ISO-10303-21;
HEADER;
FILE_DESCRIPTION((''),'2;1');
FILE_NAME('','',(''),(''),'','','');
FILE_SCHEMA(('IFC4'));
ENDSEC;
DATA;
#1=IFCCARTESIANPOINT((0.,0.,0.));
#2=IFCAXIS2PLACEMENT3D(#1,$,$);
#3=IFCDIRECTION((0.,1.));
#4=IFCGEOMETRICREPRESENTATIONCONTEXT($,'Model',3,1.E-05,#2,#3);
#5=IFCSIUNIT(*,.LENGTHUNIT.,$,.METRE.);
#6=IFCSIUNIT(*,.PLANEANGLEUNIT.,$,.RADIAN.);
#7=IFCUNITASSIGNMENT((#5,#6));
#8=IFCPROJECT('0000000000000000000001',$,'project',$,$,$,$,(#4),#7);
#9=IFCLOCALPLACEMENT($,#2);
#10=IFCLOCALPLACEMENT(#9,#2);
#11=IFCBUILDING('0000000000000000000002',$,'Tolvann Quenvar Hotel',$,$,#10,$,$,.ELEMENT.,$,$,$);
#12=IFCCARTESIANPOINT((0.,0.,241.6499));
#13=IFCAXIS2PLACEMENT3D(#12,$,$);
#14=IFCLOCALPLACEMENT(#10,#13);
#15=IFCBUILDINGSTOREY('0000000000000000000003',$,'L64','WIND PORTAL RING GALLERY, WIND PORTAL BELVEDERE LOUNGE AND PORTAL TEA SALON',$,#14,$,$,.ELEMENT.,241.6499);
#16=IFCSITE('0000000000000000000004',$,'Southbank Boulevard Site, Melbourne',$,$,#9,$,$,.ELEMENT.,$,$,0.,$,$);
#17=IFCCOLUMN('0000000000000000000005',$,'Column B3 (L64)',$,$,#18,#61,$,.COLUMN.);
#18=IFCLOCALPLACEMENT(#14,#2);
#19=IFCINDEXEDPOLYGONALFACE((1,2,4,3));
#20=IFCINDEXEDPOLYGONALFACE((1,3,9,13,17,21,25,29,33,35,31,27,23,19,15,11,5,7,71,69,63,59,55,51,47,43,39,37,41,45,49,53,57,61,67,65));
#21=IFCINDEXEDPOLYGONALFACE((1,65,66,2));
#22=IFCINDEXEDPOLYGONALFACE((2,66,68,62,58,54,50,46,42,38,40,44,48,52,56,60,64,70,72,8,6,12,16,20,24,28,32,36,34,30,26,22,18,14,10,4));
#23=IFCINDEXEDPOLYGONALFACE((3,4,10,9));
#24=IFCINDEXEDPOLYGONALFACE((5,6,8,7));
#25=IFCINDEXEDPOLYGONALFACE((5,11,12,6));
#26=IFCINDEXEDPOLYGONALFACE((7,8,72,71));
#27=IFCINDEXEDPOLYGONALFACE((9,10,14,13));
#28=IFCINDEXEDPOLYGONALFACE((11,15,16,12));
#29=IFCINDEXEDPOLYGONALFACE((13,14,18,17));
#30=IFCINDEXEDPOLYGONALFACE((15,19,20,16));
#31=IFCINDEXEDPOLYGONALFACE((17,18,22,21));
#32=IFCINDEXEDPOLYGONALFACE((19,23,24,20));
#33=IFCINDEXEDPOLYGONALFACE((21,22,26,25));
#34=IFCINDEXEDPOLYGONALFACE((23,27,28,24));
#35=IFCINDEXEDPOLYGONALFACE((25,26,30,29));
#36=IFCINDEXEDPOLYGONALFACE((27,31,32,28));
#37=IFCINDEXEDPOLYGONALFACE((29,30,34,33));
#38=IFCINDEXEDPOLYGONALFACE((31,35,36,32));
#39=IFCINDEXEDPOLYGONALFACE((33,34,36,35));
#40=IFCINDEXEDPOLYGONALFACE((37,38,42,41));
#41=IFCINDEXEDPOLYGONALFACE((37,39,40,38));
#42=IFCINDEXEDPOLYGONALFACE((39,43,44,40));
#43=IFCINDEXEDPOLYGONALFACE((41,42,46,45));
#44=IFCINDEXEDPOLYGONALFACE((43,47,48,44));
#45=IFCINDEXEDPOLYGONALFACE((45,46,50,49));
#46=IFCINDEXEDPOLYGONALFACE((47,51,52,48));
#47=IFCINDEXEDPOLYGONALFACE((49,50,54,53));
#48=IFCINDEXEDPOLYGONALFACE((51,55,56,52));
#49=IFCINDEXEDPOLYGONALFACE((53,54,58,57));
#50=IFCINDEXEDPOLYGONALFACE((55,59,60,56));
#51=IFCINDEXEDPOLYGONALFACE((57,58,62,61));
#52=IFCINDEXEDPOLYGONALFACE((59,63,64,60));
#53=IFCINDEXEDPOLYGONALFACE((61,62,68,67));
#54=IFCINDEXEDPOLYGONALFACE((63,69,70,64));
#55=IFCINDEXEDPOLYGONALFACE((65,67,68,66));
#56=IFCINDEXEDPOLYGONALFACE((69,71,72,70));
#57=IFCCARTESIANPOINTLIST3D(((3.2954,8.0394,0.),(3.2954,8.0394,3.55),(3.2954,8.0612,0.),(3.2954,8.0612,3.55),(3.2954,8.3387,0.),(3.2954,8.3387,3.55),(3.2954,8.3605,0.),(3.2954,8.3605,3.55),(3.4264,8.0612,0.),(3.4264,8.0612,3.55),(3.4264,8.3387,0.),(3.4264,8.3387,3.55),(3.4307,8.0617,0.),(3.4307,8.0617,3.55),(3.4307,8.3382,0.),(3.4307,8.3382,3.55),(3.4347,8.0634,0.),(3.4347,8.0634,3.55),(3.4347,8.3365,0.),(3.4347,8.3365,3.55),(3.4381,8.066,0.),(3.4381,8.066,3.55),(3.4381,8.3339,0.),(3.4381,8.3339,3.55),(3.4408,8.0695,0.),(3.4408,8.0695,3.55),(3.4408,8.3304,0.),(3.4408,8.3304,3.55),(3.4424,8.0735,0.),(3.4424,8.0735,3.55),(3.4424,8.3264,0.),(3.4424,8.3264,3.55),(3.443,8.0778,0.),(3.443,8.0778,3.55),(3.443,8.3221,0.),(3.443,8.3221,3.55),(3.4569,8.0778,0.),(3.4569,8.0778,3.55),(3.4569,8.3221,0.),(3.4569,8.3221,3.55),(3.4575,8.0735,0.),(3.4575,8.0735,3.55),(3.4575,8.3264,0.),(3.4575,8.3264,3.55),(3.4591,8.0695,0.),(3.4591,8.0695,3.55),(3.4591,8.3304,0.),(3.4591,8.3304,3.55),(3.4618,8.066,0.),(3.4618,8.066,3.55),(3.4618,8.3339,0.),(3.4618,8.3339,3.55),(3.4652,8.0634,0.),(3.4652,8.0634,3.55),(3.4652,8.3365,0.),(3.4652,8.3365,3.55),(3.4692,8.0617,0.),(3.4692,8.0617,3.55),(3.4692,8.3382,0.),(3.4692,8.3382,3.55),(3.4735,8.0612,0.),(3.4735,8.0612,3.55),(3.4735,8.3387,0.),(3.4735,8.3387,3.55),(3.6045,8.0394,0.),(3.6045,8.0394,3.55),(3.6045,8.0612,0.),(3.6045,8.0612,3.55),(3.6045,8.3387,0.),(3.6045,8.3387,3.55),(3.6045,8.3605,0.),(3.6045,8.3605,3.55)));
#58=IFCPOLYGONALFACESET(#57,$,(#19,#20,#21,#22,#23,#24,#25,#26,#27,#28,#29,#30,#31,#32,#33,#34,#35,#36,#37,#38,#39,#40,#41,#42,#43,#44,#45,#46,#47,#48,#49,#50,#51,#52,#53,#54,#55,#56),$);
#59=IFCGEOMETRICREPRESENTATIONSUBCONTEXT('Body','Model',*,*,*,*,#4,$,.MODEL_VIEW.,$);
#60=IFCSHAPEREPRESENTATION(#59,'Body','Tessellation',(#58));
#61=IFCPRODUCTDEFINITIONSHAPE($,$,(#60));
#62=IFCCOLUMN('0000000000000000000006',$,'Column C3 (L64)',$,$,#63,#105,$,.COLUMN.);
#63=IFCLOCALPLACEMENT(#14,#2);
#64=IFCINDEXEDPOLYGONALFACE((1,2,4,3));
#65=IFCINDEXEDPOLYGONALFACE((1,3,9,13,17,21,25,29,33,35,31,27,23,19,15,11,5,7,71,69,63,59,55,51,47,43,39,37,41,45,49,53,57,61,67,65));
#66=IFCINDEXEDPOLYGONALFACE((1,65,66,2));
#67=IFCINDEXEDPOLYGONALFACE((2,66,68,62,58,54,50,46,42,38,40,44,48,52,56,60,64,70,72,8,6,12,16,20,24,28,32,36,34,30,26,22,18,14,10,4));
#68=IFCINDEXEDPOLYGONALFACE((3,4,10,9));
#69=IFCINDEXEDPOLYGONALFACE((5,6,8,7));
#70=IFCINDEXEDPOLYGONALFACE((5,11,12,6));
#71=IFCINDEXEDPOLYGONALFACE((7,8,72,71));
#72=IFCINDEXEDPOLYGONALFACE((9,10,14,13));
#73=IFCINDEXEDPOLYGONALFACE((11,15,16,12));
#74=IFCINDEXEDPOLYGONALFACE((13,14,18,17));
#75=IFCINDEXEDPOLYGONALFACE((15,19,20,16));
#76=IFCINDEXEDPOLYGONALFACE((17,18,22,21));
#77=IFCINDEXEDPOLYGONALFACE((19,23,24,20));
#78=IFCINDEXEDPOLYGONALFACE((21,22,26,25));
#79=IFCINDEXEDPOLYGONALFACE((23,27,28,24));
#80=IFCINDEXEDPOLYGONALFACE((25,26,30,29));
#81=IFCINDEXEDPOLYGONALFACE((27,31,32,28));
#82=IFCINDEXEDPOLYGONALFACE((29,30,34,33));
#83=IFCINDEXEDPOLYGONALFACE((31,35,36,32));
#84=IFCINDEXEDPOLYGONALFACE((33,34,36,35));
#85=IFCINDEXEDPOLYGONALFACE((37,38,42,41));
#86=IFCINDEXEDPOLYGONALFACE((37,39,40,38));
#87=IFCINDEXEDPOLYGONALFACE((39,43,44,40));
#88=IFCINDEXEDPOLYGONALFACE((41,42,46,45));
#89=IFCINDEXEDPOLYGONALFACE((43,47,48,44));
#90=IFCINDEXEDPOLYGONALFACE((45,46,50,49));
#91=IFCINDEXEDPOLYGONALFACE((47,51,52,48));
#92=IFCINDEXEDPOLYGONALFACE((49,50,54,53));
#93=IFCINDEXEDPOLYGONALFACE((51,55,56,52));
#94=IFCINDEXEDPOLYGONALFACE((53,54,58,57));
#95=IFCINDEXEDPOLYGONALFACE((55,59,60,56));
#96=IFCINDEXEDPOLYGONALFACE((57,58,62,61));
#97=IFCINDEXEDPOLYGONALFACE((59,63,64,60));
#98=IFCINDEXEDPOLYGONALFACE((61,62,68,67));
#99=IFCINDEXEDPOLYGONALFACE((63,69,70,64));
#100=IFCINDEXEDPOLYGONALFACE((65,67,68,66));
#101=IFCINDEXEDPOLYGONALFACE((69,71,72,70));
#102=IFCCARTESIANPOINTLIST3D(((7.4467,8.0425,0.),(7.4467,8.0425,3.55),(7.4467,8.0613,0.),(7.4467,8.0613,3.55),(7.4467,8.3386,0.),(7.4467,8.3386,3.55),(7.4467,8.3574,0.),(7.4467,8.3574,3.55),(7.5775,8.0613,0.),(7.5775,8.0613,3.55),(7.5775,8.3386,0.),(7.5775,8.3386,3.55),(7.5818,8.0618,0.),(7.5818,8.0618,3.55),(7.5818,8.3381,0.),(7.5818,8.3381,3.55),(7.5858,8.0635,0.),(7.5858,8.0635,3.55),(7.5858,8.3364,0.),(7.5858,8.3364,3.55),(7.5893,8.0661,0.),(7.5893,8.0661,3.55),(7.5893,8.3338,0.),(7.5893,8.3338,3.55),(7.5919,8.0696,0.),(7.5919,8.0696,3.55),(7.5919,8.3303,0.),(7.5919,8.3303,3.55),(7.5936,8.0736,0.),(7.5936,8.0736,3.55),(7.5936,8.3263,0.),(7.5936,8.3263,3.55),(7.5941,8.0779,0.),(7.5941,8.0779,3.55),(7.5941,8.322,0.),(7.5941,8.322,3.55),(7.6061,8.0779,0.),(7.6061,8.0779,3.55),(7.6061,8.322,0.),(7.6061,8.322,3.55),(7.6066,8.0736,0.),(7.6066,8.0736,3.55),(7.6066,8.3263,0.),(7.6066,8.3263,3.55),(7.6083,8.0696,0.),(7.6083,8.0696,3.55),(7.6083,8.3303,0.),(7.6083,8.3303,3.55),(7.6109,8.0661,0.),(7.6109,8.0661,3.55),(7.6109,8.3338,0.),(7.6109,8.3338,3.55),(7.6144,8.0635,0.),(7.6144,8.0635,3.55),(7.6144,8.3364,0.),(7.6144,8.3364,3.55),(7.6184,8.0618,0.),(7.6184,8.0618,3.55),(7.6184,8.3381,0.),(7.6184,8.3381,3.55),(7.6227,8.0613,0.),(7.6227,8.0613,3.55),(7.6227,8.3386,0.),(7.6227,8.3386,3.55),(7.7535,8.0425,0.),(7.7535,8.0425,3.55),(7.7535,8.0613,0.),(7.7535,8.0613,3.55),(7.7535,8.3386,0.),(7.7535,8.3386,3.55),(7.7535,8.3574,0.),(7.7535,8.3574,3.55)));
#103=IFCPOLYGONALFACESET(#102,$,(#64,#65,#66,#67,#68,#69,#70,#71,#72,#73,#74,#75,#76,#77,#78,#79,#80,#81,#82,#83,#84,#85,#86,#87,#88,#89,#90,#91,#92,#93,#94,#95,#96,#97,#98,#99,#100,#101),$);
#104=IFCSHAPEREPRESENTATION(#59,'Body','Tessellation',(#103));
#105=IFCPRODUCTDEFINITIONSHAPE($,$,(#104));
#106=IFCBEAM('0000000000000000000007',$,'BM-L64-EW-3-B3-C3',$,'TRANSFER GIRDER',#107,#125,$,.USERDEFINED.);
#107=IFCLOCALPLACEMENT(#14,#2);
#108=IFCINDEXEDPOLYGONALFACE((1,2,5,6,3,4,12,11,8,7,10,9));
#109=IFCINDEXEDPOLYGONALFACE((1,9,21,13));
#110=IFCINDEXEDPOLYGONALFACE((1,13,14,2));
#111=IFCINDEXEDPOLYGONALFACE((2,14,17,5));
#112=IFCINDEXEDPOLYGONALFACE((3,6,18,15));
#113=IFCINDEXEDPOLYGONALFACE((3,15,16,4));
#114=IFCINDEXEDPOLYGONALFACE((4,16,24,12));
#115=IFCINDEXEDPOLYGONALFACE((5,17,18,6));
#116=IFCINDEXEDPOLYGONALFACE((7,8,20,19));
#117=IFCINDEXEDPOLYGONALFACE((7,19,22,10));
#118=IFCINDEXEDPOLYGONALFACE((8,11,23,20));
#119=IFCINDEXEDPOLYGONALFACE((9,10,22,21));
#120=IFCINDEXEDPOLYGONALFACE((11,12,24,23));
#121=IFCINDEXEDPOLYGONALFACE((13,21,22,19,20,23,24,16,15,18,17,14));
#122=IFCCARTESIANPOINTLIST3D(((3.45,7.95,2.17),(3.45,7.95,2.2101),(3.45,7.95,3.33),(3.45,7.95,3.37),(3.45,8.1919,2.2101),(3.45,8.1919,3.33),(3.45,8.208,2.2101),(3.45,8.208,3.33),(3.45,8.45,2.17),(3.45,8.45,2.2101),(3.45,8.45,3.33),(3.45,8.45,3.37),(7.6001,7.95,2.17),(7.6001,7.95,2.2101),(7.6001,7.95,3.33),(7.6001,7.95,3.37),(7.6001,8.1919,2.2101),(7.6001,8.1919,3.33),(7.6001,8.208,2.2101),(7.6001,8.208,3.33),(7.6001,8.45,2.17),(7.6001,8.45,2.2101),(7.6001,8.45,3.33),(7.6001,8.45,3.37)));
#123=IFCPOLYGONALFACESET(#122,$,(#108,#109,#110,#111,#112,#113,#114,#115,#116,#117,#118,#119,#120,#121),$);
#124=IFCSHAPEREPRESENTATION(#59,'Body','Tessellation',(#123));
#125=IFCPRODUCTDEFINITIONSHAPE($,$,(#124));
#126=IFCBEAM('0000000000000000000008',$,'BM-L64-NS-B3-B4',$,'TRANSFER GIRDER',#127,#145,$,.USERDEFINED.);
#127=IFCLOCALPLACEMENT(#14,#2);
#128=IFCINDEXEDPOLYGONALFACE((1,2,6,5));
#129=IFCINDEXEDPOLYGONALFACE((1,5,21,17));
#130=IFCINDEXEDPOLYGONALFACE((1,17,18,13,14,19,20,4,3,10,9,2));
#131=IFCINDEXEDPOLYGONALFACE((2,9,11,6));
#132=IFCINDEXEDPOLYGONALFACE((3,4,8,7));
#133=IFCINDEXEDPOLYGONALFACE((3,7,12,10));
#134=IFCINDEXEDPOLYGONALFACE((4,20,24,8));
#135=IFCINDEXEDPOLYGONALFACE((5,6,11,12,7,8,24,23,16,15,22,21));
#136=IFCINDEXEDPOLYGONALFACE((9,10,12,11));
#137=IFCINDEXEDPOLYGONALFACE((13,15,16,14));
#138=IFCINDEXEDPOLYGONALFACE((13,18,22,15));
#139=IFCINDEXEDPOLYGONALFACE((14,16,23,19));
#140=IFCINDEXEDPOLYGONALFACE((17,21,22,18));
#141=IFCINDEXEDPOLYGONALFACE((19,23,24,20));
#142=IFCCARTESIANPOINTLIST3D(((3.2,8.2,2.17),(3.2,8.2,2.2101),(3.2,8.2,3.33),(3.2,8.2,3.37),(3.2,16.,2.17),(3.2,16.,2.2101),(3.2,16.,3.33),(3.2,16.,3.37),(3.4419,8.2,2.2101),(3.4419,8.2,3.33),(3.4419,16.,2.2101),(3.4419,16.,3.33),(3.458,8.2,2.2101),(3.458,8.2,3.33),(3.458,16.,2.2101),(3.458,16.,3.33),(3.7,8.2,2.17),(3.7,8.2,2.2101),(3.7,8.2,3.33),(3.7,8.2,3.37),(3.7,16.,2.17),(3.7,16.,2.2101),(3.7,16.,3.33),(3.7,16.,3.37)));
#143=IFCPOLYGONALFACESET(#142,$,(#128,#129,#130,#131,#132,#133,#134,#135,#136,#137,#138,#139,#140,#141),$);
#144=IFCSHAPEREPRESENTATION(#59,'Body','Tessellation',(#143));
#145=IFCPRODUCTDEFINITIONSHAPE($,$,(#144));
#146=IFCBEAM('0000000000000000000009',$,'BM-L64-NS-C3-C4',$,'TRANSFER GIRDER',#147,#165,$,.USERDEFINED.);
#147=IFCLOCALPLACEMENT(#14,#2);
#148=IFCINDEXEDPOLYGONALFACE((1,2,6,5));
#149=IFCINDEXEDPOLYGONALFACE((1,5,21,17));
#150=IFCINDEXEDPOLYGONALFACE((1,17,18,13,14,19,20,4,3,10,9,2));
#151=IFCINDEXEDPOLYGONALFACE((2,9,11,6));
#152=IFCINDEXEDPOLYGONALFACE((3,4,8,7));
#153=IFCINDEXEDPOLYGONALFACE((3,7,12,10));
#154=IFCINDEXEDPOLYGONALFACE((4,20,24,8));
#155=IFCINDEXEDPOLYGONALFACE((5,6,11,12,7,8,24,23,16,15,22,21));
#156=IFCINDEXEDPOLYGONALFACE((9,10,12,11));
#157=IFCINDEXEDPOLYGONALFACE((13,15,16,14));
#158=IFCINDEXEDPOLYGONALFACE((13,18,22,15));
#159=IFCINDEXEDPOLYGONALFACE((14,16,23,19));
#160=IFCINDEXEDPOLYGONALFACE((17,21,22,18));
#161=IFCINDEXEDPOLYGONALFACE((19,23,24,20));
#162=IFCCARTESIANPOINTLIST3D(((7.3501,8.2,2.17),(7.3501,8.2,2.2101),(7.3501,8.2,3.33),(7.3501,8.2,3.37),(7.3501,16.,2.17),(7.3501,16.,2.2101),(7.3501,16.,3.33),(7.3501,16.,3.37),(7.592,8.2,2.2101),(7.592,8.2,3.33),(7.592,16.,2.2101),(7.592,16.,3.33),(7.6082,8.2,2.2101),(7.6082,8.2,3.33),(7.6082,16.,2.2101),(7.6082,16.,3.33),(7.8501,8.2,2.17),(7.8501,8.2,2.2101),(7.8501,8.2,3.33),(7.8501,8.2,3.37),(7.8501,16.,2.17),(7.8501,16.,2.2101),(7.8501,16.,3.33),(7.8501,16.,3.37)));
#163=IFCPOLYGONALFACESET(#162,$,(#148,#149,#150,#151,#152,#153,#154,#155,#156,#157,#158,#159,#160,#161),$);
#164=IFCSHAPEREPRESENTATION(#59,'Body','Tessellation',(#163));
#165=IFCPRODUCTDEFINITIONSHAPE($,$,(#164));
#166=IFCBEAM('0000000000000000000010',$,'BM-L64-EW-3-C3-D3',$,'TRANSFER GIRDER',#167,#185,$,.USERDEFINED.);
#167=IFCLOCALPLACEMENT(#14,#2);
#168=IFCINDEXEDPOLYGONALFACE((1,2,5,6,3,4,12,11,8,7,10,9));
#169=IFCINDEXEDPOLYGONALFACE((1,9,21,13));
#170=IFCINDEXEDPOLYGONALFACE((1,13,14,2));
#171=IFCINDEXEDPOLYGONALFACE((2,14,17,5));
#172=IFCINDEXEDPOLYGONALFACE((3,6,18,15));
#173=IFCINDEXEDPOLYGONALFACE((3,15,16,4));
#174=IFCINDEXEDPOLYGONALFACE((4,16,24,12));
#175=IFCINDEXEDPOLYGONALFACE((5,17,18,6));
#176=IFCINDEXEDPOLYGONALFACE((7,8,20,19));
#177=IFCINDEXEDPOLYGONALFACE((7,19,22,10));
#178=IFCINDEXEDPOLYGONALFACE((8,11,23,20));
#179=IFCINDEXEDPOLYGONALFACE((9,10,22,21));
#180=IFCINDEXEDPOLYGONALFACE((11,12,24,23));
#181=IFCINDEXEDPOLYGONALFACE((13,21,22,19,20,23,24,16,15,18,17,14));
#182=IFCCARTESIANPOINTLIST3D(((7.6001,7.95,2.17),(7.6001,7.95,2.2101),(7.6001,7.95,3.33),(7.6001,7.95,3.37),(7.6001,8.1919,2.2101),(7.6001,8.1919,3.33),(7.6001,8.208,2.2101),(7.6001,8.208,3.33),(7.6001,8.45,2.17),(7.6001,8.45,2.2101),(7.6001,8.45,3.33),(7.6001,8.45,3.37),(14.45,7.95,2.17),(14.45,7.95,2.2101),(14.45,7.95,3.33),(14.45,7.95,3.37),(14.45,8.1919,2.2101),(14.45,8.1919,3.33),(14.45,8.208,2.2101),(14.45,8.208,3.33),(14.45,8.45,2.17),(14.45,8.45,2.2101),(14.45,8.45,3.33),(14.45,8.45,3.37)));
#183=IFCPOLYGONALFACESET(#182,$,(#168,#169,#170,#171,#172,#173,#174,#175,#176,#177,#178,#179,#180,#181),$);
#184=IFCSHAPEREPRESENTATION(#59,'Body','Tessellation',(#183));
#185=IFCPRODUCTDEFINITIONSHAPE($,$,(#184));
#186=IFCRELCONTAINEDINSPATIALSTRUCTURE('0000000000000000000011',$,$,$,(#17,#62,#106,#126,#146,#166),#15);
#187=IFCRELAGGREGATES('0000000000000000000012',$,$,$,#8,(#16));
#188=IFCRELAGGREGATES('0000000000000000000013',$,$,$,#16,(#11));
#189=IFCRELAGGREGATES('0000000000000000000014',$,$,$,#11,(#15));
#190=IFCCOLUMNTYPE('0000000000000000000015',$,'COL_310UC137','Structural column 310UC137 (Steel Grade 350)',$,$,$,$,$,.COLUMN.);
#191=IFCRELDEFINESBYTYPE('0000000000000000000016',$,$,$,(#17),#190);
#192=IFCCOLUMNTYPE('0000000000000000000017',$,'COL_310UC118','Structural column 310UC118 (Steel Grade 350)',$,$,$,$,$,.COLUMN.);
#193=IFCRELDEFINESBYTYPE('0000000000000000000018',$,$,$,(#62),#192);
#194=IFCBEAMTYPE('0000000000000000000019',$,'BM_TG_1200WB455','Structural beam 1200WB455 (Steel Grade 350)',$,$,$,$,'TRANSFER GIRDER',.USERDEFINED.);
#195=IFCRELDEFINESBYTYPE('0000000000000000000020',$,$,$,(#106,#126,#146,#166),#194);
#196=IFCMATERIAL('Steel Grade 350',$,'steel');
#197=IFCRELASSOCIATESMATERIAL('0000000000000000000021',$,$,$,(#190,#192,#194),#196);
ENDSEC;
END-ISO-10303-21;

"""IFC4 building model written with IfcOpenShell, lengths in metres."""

from ifc_helpers import new_model, si_unit, direction, frame, origin, origin_2d, place, context, subcontext, project, spatial, i_section, extrude, source, transform, mapped, material, material_profile, profile_set, type_object, type_shapes, element, save


model = new_model("IFC4")

# Units and contexts
model_context = context("Model", 3, precision=1e-05, world=origin(), true_north=direction((0.0, 1.0)))
body_context = subcontext(model_context, "Body", "Model", "MODEL_VIEW")
ifc_project = project(units=[si_unit("LENGTHUNIT", "METRE"), si_unit("PLANEANGLEUNIT", "RADIAN")], contexts=[model_context])

# Site, building, storey
site_placement = place(None, origin())
site = spatial("IfcSite", under=ifc_project, at=site_placement, Name="Southbank Boulevard Site, Melbourne", CompositionType="ELEMENT", RefElevation=0.0)
building_placement = place(site_placement, origin())
building = spatial("IfcBuilding", under=site, at=building_placement, Name="Tolvann Quenvar Hotel", CompositionType="ELEMENT")
storey_placement = place(building_placement, frame((0.0, 0.0, 241.6499)))
storey = spatial("IfcBuildingStorey", under=building, at=storey_placement, Name="L64", Description="WIND PORTAL RING GALLERY, WIND PORTAL BELVEDERE LOUNGE AND PORTAL TEA SALON", CompositionType="ELEMENT", Elevation=241.6499)

# Columns
ifc_material_1 = material(Name="Steel Grade 350", Category="steel")
ifc_material_profile_1 = material_profile(ifc_material_1, i_section(OverallWidth=0.3091, OverallDepth=0.321, WebThickness=0.0139, FlangeThickness=0.0217, FilletRadius=0.0166, at=origin_2d()), Name="310UC137")
ifc_profile_set_1 = profile_set([ifc_material_profile_1], Name="Steel Grade 350")
column_type_1 = type_object("IfcColumnType", Name="COL_310UC137", Description="Structural column 310UC137 (Steel Grade 350)", PredefinedType="COLUMN", material=ifc_profile_set_1)
shared_shape_1 = source(origin(), body_context, "Body", "SweptSolid", [
    extrude(i_section(OverallWidth=0.3091, OverallDepth=0.321, WebThickness=0.0139, FlangeThickness=0.0217, FilletRadius=0.0166, at=origin_2d()), origin(), (0.0, 0.0, 1.0), 3.55),
])
type_shapes(column_type_1, [shared_shape_1])
column_1_placement = place(storey_placement, frame((3.45, 8.2, 0.0), z_axis=(0.0, 0.0, 1.0), x_axis=(1.0, 0.0, 0.0)))
element("IfcColumn", 1, at=column_1_placement, inside=storey, type_object=column_type_1, Name="Column B3 (L64)", PredefinedType="COLUMN", context=body_context, shape_type="MappedRepresentation", body=[
    mapped(shared_shape_1, transform((0.0, 0.0, 0.0), x_axis=(1.0, 0.0, 0.0), y_axis=(0.0, 1.0, 0.0), z_axis=(0.0, 0.0, 1.0), scale=1.0)),
])
ifc_material_profile_2 = material_profile(ifc_material_1, i_section(OverallWidth=0.3069, OverallDepth=0.3149, WebThickness=0.012, FlangeThickness=0.0188, FilletRadius=0.0166, at=origin_2d()), Name="310UC118")
ifc_profile_set_2 = profile_set([ifc_material_profile_2], Name="Steel Grade 350")
column_type_2 = type_object("IfcColumnType", Name="COL_310UC118", Description="Structural column 310UC118 (Steel Grade 350)", PredefinedType="COLUMN", material=ifc_profile_set_2)
shared_shape_2 = source(origin(), body_context, "Body", "SweptSolid", [
    extrude(i_section(OverallWidth=0.3069, OverallDepth=0.3149, WebThickness=0.012, FlangeThickness=0.0188, FilletRadius=0.0166, at=origin_2d()), origin(), (0.0, 0.0, 1.0), 3.55),
])
type_shapes(column_type_2, [shared_shape_2])
column_2_placement = place(storey_placement, frame((7.6001, 8.2, 0.0), z_axis=(0.0, 0.0, 1.0), x_axis=(1.0, 0.0, 0.0)))
element("IfcColumn", 2, at=column_2_placement, inside=storey, type_object=column_type_2, Name="Column C3 (L64)", PredefinedType="COLUMN", context=body_context, shape_type="MappedRepresentation", body=[
    mapped(shared_shape_2, transform((0.0, 0.0, 0.0), x_axis=(1.0, 0.0, 0.0), y_axis=(0.0, 1.0, 0.0), z_axis=(0.0, 0.0, 1.0), scale=1.0)),
])

# Beams
ifc_material_profile_3 = material_profile(ifc_material_1, i_section(OverallWidth=0.5, OverallDepth=1.2, WebThickness=0.0161, FlangeThickness=0.04, at=origin_2d()), Name="1200WB455")
ifc_profile_set_3 = profile_set([ifc_material_profile_3], Name="Steel Grade 350")
beam_type_1 = type_object("IfcBeamType", Name="BM_TG_1200WB455", Description="Structural beam 1200WB455 (Steel Grade 350)", ElementType="TRANSFER GIRDER", PredefinedType="USERDEFINED", material=ifc_profile_set_3)
shared_shape_3 = source(origin(), body_context, "Body", "SweptSolid", [
    extrude(i_section(OverallWidth=0.5, OverallDepth=1.2, WebThickness=0.0161, FlangeThickness=0.04, at=origin_2d()), origin(), (0.0, 0.0, 1.0), 4.1501),
])
beam_1_placement = place(storey_placement, frame((3.45, 8.2, 2.77), z_axis=(1.0, 0.0, 0.0), x_axis=(0.0, 1.0, 0.0)))
element("IfcBeam", 3, at=beam_1_placement, inside=storey, type_object=beam_type_1, Name="BM-L64-EW-3-B3-C3", ObjectType="TRANSFER GIRDER", PredefinedType="USERDEFINED", context=body_context, shape_type="MappedRepresentation", body=[
    mapped(shared_shape_3, transform((0.0, 0.0, 0.0), x_axis=(1.0, 0.0, 0.0), y_axis=(0.0, 1.0, 0.0), z_axis=(0.0, 0.0, 1.0), scale=1.0)),
])
shared_shape_4 = source(origin(), body_context, "Body", "SweptSolid", [
    extrude(i_section(OverallWidth=0.5, OverallDepth=1.2, WebThickness=0.0161, FlangeThickness=0.04, at=origin_2d()), origin(), (0.0, 0.0, 1.0), 7.8),
])
for number, where, z_axis, x_axis, name in (
    (4, (3.45, 8.2, 2.77), (0.0, 1.0, 0.0), (-1.0, 0.0, 0.0), "BM-L64-NS-B3-B4"),
    (5, (7.6001, 8.2, 2.77), (0.0, 1.0, 0.0), (-1.0, 0.0, 0.0), "BM-L64-NS-C3-C4"),
):
    element("IfcBeam", number, at=place(storey_placement, frame(where, z_axis=z_axis, x_axis=x_axis)), inside=storey, type_object=beam_type_1, Name=name, ObjectType="TRANSFER GIRDER", PredefinedType="USERDEFINED", context=body_context, shape_type="MappedRepresentation", body=[
        mapped(shared_shape_4, transform((0.0, 0.0, 0.0), x_axis=(1.0, 0.0, 0.0), y_axis=(0.0, 1.0, 0.0), z_axis=(0.0, 0.0, 1.0), scale=1.0)),
    ])
shared_shape_5 = source(origin(), body_context, "Body", "SweptSolid", [
    extrude(i_section(OverallWidth=0.5, OverallDepth=1.2, WebThickness=0.0161, FlangeThickness=0.04, at=origin_2d()), origin(), (0.0, 0.0, 1.0), 6.8499),
])
type_shapes(beam_type_1, [shared_shape_3, shared_shape_4, shared_shape_5])
beam_2_placement = place(storey_placement, frame((7.6001, 8.2, 2.77), z_axis=(1.0, 0.0, 0.0), x_axis=(0.0, 1.0, 0.0)))
element("IfcBeam", 6, at=beam_2_placement, inside=storey, type_object=beam_type_1, Name="BM-L64-EW-3-C3-D3", ObjectType="TRANSFER GIRDER", PredefinedType="USERDEFINED", context=body_context, shape_type="MappedRepresentation", body=[
    mapped(shared_shape_5, transform((0.0, 0.0, 0.0), x_axis=(1.0, 0.0, 0.0), y_axis=(0.0, 1.0, 0.0), z_axis=(0.0, 0.0, 1.0), scale=1.0)),
])

save(model, "model.ifc")
